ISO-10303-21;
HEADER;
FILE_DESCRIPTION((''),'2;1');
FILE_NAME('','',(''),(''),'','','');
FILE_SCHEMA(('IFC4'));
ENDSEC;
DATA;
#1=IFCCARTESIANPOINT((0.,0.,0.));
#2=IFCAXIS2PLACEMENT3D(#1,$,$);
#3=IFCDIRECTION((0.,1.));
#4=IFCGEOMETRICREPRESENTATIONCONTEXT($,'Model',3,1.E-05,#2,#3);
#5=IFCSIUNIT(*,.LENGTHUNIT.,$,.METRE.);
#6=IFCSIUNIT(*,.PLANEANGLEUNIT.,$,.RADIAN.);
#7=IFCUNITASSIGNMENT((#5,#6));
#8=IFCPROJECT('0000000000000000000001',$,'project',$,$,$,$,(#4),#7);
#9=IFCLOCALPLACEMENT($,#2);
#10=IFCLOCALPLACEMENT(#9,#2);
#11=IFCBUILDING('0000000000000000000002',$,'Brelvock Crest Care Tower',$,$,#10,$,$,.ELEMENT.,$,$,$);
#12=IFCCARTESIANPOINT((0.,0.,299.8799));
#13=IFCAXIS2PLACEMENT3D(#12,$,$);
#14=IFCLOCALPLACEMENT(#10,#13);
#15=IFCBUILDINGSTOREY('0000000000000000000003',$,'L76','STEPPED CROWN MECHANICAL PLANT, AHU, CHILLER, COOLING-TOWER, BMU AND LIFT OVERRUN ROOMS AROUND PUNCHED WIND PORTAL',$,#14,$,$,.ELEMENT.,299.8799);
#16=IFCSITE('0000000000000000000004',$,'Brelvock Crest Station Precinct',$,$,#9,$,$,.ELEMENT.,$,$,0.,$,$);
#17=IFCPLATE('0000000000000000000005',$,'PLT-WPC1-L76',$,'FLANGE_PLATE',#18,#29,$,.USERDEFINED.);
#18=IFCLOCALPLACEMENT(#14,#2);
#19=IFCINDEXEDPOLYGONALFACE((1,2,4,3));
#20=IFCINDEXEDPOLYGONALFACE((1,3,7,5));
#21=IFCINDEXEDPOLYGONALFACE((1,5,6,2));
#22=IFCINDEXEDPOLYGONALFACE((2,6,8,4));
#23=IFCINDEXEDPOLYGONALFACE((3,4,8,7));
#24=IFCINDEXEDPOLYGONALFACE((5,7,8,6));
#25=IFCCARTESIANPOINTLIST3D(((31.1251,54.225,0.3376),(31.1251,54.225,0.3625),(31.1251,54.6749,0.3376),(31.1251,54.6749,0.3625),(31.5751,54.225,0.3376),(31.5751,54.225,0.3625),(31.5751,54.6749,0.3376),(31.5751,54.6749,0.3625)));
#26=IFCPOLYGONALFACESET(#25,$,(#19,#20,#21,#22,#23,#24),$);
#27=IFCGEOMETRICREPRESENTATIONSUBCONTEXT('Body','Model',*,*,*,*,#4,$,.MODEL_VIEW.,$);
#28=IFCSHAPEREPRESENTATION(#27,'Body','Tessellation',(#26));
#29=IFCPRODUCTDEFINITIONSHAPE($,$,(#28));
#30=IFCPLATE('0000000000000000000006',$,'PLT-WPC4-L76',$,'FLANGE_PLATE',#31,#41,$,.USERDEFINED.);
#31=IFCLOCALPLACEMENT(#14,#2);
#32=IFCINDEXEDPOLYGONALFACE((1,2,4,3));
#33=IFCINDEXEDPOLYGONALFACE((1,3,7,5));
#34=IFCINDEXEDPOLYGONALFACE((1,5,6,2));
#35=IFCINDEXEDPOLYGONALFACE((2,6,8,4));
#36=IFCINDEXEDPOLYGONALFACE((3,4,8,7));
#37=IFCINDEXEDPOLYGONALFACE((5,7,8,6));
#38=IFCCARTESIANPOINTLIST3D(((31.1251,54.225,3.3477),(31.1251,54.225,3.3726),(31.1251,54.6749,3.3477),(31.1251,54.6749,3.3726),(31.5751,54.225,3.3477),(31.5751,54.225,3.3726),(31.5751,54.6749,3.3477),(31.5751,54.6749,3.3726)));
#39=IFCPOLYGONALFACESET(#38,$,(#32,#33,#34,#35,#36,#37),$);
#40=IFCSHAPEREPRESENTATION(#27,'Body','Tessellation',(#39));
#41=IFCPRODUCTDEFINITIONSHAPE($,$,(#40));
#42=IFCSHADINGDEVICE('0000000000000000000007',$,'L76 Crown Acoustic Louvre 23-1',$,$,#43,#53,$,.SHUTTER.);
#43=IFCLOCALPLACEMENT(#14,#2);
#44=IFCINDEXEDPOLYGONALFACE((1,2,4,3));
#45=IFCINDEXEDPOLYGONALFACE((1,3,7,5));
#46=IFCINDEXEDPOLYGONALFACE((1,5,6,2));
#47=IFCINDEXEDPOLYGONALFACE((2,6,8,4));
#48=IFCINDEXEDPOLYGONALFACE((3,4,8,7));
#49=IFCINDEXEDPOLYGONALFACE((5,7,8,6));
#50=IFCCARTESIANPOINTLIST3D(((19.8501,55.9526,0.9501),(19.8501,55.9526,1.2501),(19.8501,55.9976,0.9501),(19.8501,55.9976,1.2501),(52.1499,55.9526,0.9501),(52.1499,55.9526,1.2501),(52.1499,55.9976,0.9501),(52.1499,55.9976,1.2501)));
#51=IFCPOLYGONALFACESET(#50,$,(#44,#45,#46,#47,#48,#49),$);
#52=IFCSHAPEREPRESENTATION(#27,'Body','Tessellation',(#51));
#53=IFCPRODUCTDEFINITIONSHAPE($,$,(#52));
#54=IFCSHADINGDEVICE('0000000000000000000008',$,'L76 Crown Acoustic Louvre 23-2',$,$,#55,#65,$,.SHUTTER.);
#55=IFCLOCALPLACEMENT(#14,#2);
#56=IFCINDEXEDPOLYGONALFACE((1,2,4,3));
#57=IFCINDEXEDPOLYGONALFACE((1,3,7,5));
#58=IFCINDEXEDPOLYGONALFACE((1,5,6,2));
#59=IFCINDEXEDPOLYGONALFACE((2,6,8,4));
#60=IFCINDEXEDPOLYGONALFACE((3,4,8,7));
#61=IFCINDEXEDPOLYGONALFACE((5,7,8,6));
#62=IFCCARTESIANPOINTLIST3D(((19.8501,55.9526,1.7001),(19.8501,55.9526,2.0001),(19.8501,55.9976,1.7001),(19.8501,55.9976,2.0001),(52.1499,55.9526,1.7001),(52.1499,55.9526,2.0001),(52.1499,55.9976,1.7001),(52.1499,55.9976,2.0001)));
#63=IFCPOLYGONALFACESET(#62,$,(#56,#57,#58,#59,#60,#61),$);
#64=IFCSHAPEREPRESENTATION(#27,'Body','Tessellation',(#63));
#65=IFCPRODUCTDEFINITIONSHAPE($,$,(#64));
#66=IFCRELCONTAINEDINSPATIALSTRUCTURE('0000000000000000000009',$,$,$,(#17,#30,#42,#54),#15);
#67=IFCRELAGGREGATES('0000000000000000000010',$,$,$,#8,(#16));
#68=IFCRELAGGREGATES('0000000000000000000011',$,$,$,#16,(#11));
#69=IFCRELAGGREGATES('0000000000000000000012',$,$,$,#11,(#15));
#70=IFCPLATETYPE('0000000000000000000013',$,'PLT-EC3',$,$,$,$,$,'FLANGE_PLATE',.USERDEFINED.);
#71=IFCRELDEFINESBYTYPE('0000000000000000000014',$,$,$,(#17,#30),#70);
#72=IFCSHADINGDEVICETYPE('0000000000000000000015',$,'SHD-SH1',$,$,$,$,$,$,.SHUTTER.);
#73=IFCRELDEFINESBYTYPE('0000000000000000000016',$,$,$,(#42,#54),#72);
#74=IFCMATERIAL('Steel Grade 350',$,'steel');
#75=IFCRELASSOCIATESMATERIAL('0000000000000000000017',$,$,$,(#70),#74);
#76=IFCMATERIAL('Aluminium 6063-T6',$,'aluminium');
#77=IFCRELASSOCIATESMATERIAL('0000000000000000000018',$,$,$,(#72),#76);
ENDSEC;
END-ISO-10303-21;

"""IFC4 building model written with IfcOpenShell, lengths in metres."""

from ifc_helpers import new_model, si_unit, direction, frame, origin, origin_2d, place, context, subcontext, project, spatial, rectangle, extrude, source, transform, mapped, material, material_profile, profile_set, type_object, element, save


model = new_model("IFC4")

# Units and contexts
model_context = context("Model", 3, precision=1e-05, world=origin(), true_north=direction((0.0, 1.0)))
body_context = subcontext(model_context, "Body", "Model", "MODEL_VIEW")
ifc_project = project(units=[si_unit("LENGTHUNIT", "METRE"), si_unit("PLANEANGLEUNIT", "RADIAN")], contexts=[model_context])

# Site, building, storey
site_placement = place(None, origin())
site = spatial("IfcSite", under=ifc_project, at=site_placement, Name="Brelvock Crest Station Precinct", CompositionType="ELEMENT", RefElevation=0.0)
building_placement = place(site_placement, origin())
building = spatial("IfcBuilding", under=site, at=building_placement, Name="Brelvock Crest Care Tower", CompositionType="ELEMENT")
storey_placement = place(building_placement, frame((0.0, 0.0, 299.8799)))
storey = spatial("IfcBuildingStorey", under=building, at=storey_placement, Name="L76", Description="STEPPED CROWN MECHANICAL PLANT, AHU, CHILLER, COOLING-TOWER, BMU AND LIFT OVERRUN ROOMS AROUND PUNCHED WIND PORTAL", CompositionType="ELEMENT", Elevation=299.8799)

# Shared definitions
ifc_material_1 = material(Name="Steel Grade 350", Category="steel")

# Plates
plate_type = type_object("IfcPlateType", Name="PLT-EC3", ElementType="FLANGE_PLATE", PredefinedType="USERDEFINED", material=ifc_material_1)
shared_shape_1 = source(origin(), body_context, "Body", "SweptSolid", [
    extrude(rectangle(XDim=0.45, YDim=0.45, at=origin_2d()), origin(), (0.0, 0.0, 1.0), 0.0249),
])
for number, where, z_axis, x_axis, name in (
    (1, (31.3501, 54.45, 0.3376), (0.0, 0.0, 1.0), (1.0, 0.0, 0.0), "PLT-WPC1-L76"),
    (2, (31.3501, 54.45, 3.3477), (0.0, 0.0, 1.0), (1.0, 0.0, 0.0), "PLT-WPC4-L76"),
):
    element("IfcPlate", number, at=place(storey_placement, frame(where, z_axis=z_axis, x_axis=x_axis)), inside=storey, type_object=plate_type, Name=name, ObjectType="FLANGE_PLATE", PredefinedType="USERDEFINED", context=body_context, shape_type="MappedRepresentation", body=[
        mapped(shared_shape_1, transform((0.0, 0.0, 0.0), x_axis=(1.0, 0.0, 0.0), y_axis=(0.0, 1.0, 0.0), z_axis=(0.0, 0.0, 1.0), scale=1.0)),
    ])

# Shading devices
ifc_material_2 = material(Name="Aluminium 6063-T6", Category="aluminium")
ifc_material_profile_1 = material_profile(ifc_material_2, rectangle(XDim=0.0449, YDim=0.3, at=origin_2d()), Name="LOUVRE45x300")
ifc_profile_set_1 = profile_set([ifc_material_profile_1], Name="Aluminium 6063-T6")
shading_device_type = type_object("IfcShadingDeviceType", Name="SHD-SH1", PredefinedType="SHUTTER", material=ifc_profile_set_1)
shared_shape_2 = source(origin(), body_context, "Body", "SweptSolid", [
    extrude(rectangle(XDim=0.0449, YDim=0.3, at=origin_2d()), origin(), (0.0, 0.0, 1.0), 32.2998),
])
for number, where, z_axis, x_axis, name in (
    (3, (19.8501, 55.9751, 1.1001), (1.0, 0.0, 0.0), (0.0, 1.0, 0.0), "L76 Crown Acoustic Louvre 23-1"),
    (4, (19.8501, 55.9751, 1.8501), (1.0, 0.0, 0.0), (0.0, 1.0, 0.0), "L76 Crown Acoustic Louvre 23-2"),
):
    element("IfcShadingDevice", number, at=place(storey_placement, frame(where, z_axis=z_axis, x_axis=x_axis)), inside=storey, type_object=shading_device_type, Name=name, PredefinedType="SHUTTER", context=body_context, shape_type="MappedRepresentation", body=[
        mapped(shared_shape_2, transform((0.0, 0.0, 0.0), x_axis=(1.0, 0.0, 0.0), y_axis=(0.0, 1.0, 0.0), z_axis=(0.0, 0.0, 1.0), scale=1.0)),
    ])

save(model, "model.ifc")
